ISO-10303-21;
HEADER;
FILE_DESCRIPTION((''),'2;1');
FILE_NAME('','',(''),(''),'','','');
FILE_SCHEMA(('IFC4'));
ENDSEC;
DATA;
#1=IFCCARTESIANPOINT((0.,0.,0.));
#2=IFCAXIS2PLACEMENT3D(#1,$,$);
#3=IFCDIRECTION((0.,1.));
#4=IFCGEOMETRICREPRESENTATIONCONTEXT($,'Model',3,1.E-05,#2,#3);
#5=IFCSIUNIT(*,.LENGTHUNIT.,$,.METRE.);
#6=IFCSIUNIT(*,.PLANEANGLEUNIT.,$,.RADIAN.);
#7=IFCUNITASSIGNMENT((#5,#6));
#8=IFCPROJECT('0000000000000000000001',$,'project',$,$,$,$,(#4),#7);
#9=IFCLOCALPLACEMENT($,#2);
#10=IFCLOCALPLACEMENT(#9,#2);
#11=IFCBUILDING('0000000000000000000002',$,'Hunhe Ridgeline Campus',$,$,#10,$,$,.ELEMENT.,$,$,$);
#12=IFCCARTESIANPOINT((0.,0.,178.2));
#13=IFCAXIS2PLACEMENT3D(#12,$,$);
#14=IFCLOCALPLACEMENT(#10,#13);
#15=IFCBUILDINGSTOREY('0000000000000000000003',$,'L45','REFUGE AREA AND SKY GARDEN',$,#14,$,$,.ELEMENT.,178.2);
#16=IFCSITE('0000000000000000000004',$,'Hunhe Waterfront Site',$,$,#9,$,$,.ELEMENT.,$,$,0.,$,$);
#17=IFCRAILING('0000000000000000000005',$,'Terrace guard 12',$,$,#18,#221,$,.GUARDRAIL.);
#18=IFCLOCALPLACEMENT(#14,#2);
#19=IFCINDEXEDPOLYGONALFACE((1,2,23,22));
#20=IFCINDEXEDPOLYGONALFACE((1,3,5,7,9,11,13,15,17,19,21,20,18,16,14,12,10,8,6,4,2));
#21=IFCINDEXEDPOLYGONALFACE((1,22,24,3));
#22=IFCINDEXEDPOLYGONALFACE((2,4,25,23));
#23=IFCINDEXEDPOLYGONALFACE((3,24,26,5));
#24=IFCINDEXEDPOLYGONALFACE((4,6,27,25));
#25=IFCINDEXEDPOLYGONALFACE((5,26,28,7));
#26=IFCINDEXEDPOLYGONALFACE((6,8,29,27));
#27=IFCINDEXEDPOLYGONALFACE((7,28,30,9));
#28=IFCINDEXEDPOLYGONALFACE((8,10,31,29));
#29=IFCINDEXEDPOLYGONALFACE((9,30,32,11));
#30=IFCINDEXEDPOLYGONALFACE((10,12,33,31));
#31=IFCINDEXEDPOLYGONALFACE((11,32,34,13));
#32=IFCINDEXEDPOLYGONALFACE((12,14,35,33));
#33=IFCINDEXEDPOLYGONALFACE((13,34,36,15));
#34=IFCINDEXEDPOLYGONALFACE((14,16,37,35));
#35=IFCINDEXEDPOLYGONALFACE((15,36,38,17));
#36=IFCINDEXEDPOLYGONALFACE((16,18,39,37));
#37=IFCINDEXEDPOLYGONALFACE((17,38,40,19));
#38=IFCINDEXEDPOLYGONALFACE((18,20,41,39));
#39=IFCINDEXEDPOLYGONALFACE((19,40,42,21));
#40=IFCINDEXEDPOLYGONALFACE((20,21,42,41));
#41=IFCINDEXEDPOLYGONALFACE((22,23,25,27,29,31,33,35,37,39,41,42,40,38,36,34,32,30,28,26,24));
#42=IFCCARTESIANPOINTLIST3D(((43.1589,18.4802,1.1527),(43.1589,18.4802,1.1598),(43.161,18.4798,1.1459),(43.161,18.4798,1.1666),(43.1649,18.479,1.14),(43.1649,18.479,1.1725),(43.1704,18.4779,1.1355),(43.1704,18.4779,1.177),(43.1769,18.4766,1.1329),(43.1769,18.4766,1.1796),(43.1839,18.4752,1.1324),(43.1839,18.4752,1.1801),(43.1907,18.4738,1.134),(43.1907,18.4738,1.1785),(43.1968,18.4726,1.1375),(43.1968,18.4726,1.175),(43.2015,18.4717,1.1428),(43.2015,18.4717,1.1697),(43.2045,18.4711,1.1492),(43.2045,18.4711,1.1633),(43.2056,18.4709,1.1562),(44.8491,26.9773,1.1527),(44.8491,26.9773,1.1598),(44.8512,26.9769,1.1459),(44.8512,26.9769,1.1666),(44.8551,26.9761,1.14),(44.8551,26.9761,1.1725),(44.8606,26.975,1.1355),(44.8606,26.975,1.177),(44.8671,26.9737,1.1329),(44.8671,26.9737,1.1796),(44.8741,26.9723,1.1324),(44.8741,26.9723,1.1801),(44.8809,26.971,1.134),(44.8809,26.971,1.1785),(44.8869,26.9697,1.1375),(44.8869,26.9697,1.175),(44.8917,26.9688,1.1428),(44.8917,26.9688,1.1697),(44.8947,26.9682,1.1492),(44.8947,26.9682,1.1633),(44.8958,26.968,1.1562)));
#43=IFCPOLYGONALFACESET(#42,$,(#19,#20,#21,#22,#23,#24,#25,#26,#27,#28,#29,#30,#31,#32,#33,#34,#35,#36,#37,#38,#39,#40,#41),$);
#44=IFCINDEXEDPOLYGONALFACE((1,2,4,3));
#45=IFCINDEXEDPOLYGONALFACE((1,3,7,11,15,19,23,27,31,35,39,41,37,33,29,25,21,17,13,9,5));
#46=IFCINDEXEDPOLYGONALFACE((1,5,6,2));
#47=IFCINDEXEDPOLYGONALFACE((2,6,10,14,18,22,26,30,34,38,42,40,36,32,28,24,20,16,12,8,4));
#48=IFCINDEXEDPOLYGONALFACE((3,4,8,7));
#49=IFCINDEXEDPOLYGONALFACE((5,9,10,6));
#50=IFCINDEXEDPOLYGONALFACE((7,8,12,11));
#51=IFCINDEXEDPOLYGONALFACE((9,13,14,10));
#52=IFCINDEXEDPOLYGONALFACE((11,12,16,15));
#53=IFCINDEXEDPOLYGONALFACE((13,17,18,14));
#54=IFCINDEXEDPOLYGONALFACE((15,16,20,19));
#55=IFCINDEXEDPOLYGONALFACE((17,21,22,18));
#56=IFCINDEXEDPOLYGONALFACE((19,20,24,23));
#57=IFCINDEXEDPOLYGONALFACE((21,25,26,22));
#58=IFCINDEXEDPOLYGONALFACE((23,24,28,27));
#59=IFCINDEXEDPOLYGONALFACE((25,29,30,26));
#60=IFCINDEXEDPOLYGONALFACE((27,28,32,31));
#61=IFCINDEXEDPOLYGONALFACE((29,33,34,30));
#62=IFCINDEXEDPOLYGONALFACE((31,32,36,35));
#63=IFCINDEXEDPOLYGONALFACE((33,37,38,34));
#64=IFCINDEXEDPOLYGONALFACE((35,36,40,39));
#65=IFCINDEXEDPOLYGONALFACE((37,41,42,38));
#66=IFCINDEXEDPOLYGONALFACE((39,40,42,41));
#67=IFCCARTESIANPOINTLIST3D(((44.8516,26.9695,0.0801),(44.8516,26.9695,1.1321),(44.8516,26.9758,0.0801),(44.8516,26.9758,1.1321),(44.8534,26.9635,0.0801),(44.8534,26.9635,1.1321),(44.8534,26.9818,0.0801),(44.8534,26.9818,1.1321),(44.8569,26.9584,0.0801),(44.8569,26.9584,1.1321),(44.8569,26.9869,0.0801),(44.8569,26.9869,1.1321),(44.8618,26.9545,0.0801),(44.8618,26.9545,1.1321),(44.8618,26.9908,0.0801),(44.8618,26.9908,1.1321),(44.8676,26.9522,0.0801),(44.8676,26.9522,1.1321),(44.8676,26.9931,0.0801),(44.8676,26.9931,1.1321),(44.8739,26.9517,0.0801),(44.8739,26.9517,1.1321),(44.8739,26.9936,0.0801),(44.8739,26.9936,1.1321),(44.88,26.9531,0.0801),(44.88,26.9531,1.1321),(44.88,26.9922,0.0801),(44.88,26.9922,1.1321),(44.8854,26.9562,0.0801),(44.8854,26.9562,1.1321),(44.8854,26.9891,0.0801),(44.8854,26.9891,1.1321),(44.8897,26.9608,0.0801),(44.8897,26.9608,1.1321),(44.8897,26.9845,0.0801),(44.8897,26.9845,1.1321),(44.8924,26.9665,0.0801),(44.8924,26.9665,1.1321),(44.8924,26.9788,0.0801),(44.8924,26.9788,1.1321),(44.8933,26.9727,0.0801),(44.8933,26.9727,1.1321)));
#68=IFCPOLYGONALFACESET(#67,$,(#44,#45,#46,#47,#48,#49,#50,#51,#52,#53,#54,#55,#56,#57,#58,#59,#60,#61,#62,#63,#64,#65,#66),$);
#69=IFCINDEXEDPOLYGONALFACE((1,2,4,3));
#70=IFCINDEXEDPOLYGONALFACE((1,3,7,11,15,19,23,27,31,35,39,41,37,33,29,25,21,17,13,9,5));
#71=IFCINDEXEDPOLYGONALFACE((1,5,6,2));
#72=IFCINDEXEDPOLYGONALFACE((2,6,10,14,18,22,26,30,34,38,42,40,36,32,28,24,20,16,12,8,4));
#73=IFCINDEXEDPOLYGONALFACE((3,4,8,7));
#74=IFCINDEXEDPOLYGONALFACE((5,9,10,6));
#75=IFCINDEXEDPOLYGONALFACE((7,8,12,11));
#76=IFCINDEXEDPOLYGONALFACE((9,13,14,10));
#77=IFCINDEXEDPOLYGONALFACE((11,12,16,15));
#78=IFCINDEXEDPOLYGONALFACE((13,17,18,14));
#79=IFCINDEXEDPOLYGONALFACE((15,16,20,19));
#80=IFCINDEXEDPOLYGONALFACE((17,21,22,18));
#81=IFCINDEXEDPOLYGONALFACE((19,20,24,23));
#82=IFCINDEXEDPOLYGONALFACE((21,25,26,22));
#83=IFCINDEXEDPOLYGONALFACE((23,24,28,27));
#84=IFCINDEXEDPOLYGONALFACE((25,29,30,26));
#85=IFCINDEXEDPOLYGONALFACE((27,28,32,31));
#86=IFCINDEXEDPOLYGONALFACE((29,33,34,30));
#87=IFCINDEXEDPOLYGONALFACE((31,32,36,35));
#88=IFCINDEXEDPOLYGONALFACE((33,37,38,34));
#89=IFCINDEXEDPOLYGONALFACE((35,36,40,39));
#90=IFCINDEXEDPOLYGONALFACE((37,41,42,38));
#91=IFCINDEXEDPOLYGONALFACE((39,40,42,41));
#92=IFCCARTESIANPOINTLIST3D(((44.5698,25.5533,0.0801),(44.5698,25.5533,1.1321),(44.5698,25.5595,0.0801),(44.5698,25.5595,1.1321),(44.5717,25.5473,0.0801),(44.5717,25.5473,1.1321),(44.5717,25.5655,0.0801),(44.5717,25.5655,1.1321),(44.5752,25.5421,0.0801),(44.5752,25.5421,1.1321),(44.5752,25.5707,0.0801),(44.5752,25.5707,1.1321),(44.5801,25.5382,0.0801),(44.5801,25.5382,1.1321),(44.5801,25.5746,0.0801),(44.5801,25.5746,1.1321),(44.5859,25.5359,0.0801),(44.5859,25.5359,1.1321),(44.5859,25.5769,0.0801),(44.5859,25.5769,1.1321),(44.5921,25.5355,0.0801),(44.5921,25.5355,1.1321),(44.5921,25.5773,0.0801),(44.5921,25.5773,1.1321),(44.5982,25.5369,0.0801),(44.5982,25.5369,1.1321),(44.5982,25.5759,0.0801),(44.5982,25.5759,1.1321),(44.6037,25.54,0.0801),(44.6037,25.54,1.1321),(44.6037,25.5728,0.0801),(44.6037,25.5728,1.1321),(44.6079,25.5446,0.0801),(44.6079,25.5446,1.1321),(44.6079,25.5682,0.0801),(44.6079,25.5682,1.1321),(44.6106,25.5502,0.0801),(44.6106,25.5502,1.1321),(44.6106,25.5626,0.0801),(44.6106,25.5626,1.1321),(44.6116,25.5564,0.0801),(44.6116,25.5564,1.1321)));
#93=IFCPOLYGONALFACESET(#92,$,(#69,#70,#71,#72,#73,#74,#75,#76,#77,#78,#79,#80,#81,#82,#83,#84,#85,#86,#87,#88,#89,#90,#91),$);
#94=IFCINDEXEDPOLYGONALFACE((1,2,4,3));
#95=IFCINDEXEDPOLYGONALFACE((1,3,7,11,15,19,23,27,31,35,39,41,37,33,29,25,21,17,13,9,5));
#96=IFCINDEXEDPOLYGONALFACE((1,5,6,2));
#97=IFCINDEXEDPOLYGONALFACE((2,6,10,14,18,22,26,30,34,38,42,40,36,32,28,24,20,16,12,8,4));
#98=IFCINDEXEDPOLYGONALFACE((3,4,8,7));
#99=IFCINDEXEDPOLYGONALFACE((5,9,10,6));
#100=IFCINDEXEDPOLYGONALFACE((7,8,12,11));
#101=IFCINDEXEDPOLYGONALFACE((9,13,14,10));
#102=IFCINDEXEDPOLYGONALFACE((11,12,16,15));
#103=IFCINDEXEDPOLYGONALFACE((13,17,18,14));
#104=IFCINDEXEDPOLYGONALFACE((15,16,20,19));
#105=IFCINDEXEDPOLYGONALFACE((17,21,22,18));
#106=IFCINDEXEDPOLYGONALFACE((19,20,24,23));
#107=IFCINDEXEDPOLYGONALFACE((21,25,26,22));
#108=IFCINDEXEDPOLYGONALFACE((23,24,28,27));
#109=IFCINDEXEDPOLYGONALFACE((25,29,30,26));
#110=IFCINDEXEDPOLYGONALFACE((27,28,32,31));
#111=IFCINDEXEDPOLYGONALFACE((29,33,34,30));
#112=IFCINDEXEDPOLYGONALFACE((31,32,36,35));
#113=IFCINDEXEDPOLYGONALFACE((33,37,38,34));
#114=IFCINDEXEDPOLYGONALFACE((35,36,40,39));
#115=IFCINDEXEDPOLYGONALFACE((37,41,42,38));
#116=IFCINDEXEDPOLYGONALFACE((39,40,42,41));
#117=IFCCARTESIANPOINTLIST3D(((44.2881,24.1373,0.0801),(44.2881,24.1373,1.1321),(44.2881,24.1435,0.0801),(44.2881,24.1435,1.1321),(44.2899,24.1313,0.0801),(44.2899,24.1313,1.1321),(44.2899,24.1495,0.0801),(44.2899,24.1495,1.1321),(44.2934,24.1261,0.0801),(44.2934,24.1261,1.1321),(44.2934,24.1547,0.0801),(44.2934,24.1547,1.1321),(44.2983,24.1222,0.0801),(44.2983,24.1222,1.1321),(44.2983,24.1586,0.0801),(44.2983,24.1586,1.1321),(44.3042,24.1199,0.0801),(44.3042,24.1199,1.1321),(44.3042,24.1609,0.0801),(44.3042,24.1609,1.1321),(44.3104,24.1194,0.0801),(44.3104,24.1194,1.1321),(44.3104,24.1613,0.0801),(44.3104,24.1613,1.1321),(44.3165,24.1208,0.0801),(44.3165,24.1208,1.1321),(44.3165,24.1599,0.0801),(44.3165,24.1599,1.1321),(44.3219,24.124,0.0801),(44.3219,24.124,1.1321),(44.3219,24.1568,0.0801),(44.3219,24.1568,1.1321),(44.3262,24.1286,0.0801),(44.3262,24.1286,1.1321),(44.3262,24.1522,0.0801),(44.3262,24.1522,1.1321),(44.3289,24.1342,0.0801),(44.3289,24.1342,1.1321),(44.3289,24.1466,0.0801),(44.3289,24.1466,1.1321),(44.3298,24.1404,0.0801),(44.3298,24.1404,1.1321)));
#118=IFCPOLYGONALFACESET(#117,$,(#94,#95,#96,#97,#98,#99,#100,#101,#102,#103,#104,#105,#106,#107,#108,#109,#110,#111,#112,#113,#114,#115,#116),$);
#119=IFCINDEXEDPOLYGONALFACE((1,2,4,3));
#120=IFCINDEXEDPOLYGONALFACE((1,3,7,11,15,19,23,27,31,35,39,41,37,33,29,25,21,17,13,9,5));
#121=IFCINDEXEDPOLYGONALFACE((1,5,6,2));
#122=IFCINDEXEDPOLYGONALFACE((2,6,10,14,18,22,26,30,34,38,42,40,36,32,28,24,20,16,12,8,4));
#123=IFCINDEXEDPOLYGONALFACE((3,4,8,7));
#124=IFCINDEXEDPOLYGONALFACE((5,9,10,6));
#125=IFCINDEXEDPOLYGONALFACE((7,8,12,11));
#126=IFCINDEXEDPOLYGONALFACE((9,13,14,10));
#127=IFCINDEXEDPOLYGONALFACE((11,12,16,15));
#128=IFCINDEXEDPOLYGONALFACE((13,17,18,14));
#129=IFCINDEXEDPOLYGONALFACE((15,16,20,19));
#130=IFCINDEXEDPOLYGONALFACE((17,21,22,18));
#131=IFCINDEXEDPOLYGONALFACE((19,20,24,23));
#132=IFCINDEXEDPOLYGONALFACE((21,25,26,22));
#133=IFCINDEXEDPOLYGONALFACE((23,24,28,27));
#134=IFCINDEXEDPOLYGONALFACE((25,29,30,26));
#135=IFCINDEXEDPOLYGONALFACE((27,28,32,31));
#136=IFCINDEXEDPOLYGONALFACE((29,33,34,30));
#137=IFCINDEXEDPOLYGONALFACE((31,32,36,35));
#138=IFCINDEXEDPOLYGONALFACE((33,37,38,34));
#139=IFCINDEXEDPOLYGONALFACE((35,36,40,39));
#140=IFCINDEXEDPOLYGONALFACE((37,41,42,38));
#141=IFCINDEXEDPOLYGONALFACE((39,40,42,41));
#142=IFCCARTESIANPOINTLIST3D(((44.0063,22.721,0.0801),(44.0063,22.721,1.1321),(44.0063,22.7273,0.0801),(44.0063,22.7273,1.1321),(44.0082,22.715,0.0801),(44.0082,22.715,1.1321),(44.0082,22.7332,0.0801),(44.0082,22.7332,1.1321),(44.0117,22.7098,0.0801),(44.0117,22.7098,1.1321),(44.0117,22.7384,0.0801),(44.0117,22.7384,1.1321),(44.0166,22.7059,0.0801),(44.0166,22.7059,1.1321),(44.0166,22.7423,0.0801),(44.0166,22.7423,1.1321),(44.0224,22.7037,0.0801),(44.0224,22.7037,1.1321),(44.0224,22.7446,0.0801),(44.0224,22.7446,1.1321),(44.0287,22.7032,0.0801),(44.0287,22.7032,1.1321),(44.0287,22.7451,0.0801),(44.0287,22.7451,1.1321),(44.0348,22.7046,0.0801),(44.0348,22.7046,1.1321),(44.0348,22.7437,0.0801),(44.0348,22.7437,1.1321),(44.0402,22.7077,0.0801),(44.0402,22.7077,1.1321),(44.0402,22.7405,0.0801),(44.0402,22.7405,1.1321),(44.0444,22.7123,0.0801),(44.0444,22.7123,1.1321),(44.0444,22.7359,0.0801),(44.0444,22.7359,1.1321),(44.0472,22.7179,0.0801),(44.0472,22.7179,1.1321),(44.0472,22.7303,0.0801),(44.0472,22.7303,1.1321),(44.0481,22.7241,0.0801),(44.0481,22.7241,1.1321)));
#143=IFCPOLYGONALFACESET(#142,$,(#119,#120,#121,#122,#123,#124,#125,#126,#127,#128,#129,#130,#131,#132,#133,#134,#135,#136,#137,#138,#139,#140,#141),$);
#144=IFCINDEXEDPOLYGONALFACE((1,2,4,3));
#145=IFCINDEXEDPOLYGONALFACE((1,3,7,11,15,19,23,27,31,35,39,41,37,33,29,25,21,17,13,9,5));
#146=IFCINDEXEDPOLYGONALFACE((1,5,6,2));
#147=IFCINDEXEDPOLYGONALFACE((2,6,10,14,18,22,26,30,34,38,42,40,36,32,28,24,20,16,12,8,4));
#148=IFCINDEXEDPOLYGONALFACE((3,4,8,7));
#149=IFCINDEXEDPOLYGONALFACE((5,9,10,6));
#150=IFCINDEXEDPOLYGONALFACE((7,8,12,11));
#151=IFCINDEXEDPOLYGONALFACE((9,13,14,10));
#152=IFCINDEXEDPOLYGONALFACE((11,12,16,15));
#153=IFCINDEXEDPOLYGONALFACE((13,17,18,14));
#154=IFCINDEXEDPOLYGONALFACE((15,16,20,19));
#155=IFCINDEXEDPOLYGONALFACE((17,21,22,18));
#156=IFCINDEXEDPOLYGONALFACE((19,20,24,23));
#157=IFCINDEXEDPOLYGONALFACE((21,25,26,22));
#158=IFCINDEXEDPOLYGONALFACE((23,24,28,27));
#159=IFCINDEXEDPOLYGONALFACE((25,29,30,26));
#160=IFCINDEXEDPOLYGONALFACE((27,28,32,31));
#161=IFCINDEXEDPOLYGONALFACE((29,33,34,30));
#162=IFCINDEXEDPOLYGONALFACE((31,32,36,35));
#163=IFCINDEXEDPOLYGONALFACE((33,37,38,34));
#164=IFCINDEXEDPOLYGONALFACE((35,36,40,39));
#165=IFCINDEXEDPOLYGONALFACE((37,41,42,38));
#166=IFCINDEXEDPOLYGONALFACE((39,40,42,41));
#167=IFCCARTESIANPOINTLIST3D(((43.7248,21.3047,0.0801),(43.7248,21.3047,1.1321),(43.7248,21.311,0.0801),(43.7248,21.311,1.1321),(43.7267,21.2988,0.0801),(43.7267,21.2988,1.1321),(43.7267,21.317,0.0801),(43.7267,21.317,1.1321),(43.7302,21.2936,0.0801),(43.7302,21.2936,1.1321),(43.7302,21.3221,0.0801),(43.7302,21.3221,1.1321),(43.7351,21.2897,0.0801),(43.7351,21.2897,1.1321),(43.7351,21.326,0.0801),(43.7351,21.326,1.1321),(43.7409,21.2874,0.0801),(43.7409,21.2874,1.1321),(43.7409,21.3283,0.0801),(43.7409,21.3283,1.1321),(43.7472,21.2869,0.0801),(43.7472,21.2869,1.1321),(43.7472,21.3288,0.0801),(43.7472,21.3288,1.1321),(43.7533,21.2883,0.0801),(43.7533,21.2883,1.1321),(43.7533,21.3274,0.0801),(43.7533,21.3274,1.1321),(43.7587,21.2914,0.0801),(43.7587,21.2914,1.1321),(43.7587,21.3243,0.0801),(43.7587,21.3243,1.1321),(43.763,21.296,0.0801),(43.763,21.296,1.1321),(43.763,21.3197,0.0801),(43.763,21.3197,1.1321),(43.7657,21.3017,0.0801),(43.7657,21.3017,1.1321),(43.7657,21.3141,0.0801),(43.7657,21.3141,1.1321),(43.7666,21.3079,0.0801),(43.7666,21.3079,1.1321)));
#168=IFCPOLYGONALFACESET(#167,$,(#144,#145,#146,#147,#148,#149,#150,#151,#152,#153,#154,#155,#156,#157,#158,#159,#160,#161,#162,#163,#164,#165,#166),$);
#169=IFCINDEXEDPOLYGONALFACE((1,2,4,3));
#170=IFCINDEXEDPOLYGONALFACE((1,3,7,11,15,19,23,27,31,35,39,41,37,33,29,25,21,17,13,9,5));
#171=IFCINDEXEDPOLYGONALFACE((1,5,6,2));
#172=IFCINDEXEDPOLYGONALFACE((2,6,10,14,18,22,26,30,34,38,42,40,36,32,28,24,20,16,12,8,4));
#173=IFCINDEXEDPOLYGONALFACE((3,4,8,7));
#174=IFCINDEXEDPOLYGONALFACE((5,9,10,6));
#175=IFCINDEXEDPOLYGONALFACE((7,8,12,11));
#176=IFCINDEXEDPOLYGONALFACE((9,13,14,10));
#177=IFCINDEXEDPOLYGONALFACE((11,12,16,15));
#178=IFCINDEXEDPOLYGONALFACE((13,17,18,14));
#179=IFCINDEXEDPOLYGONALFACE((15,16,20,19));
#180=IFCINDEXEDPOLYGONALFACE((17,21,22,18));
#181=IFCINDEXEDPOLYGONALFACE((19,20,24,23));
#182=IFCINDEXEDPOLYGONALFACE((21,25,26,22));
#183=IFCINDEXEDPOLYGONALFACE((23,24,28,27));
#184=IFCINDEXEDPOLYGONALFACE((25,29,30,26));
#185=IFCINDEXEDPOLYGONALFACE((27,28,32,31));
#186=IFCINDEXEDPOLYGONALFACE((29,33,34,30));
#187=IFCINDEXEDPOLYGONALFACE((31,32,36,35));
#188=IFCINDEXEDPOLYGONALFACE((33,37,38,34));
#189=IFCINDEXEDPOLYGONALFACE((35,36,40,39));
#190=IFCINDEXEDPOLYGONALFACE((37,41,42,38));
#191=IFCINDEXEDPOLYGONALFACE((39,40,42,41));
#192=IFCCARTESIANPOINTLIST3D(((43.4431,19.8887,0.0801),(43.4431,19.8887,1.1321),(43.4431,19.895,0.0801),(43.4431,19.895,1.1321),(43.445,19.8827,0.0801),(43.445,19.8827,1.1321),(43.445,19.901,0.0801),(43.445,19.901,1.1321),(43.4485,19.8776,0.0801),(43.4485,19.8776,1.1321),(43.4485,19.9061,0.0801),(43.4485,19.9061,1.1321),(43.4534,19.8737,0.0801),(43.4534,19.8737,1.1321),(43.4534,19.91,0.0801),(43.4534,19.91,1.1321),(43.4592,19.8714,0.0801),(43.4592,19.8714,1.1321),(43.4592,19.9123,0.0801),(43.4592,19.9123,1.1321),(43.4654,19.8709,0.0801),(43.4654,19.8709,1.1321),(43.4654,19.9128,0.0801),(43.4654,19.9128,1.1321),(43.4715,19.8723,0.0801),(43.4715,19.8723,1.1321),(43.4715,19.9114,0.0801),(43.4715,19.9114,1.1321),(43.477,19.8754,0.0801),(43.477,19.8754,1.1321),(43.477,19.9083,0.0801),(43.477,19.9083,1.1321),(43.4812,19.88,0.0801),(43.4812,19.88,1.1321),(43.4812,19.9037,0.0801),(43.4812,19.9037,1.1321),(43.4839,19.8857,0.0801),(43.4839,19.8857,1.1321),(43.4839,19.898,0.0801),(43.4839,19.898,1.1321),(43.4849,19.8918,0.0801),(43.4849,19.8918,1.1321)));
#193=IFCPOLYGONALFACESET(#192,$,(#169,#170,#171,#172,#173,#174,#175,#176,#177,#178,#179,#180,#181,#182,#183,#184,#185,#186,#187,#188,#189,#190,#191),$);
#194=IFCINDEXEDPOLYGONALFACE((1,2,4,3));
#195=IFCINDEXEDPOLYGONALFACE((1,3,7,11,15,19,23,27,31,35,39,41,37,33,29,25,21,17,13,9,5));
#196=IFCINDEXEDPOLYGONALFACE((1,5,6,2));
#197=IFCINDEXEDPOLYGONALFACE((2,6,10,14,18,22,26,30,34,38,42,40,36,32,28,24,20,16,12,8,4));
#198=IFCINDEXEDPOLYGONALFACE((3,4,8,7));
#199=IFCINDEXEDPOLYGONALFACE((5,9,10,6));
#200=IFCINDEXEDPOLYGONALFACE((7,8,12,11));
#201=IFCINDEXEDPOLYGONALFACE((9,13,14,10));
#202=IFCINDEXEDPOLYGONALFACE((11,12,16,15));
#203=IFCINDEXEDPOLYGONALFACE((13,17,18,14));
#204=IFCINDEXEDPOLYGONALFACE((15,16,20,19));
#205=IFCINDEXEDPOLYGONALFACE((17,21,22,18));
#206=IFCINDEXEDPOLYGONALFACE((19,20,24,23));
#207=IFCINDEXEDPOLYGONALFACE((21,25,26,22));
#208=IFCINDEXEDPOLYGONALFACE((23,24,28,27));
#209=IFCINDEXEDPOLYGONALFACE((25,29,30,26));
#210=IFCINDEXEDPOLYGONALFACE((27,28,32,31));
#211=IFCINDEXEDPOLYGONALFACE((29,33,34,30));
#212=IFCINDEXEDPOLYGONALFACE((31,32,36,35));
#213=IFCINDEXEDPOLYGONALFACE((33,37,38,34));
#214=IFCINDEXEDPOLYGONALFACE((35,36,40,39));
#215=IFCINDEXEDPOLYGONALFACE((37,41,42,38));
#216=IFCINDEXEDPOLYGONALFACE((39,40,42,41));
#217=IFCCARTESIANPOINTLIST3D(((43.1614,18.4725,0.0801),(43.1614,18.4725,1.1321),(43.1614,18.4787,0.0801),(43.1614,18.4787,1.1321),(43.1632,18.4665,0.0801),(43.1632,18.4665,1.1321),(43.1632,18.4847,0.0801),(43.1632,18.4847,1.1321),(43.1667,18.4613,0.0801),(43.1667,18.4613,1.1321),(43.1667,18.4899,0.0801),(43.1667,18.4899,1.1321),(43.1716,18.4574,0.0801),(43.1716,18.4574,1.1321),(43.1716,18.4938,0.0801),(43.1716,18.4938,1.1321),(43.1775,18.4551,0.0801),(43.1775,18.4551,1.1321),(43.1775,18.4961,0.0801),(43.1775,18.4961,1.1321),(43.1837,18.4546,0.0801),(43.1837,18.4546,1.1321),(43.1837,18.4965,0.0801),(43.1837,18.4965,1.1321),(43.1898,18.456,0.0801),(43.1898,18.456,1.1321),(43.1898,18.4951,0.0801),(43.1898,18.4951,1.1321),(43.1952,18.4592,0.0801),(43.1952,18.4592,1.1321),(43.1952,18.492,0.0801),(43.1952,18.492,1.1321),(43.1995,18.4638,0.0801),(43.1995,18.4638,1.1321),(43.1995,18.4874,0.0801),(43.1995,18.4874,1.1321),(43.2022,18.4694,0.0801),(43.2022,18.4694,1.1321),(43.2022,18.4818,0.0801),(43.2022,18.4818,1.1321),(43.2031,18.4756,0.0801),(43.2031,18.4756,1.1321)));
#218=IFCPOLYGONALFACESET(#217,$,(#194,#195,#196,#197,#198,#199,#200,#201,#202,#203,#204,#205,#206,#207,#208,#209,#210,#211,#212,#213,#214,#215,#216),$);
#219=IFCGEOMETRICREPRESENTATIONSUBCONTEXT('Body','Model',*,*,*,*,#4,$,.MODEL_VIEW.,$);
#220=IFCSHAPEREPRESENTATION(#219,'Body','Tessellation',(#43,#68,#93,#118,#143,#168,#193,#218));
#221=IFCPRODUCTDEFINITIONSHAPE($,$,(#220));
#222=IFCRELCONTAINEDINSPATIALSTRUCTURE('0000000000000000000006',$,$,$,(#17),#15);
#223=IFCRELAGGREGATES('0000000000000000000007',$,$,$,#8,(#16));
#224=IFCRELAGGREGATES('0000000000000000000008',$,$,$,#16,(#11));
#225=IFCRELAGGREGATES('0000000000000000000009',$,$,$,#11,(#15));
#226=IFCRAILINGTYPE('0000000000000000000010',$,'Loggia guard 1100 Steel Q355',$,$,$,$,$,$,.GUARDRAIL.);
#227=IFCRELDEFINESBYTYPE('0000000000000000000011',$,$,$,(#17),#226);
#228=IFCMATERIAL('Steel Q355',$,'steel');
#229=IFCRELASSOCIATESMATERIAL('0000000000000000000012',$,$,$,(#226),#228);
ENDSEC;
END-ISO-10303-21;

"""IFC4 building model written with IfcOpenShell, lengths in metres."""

from ifc_helpers import new_model, si_unit, direction, frame, origin, origin_2d, place, context, subcontext, project, spatial, circle, extrude, material, type_object, element, save


model = new_model("IFC4")

# Units and contexts
model_context = context("Model", 3, precision=1e-05, world=origin(), true_north=direction((0.0, 1.0)))
body_context = subcontext(model_context, "Body", "Model", "MODEL_VIEW")
ifc_project = project(units=[si_unit("LENGTHUNIT", "METRE"), si_unit("PLANEANGLEUNIT", "RADIAN")], contexts=[model_context])

# Site, building, storey
site_placement = place(None, origin())
site = spatial("IfcSite", under=ifc_project, at=site_placement, Name="Hunhe Waterfront Site", CompositionType="ELEMENT", RefElevation=0.0)
building_placement = place(site_placement, origin())
building = spatial("IfcBuilding", under=site, at=building_placement, Name="Hunhe Ridgeline Campus", CompositionType="ELEMENT")
storey_placement = place(building_placement, frame((0.0, 0.0, 178.2)))
storey = spatial("IfcBuildingStorey", under=building, at=storey_placement, Name="L45", Description="REFUGE AREA AND SKY GARDEN", CompositionType="ELEMENT", Elevation=178.2)

# Railing
ifc_material_1 = material(Name="Steel Q355", Category="steel")
railing_type = type_object("IfcRailingType", Name="Loggia guard 1100 Steel Q355", PredefinedType="GUARDRAIL", material=ifc_material_1)
railing_1_placement = place(storey_placement, frame((44.8723, 26.9727, 0.0801)))
element("IfcRailing", 1, at=railing_1_placement, inside=storey, type_object=railing_type, Name="Terrace guard 12", PredefinedType="GUARDRAIL", context=body_context, shape_type="SweptSolid", body=[
    extrude(circle(Radius=0.0239, at=origin_2d()), frame((0.0, 0.0, 1.0762), z_axis=(-0.195092, -0.980785, 0.0), x_axis=(0.980785, -0.195092, 0.0)), (0.0, 0.0, 1.0), 8.6636),
    extrude(circle(Radius=0.021, at=origin_2d()), origin(), (0.0, 0.0, 1.0), 1.052),
    extrude(circle(Radius=0.021, at=origin_2d()), frame((-0.2817, -1.4163, 0.0)), (0.0, 0.0, 1.0), 1.052),
    extrude(circle(Radius=0.021, at=origin_2d()), frame((-0.5635, -2.8323, 0.0)), (0.0, 0.0, 1.0), 1.052),
    extrude(circle(Radius=0.021, at=origin_2d()), frame((-0.8452, -4.2485, 0.0)), (0.0, 0.0, 1.0), 1.052),
    extrude(circle(Radius=0.021, at=origin_2d()), frame((-1.1267, -5.6648, 0.0)), (0.0, 0.0, 1.0), 1.052),
    extrude(circle(Radius=0.021, at=origin_2d()), frame((-1.4084, -7.0808, 0.0)), (0.0, 0.0, 1.0), 1.052),
    extrude(circle(Radius=0.021, at=origin_2d()), frame((-1.6902, -8.4971, 0.0)), (0.0, 0.0, 1.0), 1.052),
])

save(model, "model.ifc")
